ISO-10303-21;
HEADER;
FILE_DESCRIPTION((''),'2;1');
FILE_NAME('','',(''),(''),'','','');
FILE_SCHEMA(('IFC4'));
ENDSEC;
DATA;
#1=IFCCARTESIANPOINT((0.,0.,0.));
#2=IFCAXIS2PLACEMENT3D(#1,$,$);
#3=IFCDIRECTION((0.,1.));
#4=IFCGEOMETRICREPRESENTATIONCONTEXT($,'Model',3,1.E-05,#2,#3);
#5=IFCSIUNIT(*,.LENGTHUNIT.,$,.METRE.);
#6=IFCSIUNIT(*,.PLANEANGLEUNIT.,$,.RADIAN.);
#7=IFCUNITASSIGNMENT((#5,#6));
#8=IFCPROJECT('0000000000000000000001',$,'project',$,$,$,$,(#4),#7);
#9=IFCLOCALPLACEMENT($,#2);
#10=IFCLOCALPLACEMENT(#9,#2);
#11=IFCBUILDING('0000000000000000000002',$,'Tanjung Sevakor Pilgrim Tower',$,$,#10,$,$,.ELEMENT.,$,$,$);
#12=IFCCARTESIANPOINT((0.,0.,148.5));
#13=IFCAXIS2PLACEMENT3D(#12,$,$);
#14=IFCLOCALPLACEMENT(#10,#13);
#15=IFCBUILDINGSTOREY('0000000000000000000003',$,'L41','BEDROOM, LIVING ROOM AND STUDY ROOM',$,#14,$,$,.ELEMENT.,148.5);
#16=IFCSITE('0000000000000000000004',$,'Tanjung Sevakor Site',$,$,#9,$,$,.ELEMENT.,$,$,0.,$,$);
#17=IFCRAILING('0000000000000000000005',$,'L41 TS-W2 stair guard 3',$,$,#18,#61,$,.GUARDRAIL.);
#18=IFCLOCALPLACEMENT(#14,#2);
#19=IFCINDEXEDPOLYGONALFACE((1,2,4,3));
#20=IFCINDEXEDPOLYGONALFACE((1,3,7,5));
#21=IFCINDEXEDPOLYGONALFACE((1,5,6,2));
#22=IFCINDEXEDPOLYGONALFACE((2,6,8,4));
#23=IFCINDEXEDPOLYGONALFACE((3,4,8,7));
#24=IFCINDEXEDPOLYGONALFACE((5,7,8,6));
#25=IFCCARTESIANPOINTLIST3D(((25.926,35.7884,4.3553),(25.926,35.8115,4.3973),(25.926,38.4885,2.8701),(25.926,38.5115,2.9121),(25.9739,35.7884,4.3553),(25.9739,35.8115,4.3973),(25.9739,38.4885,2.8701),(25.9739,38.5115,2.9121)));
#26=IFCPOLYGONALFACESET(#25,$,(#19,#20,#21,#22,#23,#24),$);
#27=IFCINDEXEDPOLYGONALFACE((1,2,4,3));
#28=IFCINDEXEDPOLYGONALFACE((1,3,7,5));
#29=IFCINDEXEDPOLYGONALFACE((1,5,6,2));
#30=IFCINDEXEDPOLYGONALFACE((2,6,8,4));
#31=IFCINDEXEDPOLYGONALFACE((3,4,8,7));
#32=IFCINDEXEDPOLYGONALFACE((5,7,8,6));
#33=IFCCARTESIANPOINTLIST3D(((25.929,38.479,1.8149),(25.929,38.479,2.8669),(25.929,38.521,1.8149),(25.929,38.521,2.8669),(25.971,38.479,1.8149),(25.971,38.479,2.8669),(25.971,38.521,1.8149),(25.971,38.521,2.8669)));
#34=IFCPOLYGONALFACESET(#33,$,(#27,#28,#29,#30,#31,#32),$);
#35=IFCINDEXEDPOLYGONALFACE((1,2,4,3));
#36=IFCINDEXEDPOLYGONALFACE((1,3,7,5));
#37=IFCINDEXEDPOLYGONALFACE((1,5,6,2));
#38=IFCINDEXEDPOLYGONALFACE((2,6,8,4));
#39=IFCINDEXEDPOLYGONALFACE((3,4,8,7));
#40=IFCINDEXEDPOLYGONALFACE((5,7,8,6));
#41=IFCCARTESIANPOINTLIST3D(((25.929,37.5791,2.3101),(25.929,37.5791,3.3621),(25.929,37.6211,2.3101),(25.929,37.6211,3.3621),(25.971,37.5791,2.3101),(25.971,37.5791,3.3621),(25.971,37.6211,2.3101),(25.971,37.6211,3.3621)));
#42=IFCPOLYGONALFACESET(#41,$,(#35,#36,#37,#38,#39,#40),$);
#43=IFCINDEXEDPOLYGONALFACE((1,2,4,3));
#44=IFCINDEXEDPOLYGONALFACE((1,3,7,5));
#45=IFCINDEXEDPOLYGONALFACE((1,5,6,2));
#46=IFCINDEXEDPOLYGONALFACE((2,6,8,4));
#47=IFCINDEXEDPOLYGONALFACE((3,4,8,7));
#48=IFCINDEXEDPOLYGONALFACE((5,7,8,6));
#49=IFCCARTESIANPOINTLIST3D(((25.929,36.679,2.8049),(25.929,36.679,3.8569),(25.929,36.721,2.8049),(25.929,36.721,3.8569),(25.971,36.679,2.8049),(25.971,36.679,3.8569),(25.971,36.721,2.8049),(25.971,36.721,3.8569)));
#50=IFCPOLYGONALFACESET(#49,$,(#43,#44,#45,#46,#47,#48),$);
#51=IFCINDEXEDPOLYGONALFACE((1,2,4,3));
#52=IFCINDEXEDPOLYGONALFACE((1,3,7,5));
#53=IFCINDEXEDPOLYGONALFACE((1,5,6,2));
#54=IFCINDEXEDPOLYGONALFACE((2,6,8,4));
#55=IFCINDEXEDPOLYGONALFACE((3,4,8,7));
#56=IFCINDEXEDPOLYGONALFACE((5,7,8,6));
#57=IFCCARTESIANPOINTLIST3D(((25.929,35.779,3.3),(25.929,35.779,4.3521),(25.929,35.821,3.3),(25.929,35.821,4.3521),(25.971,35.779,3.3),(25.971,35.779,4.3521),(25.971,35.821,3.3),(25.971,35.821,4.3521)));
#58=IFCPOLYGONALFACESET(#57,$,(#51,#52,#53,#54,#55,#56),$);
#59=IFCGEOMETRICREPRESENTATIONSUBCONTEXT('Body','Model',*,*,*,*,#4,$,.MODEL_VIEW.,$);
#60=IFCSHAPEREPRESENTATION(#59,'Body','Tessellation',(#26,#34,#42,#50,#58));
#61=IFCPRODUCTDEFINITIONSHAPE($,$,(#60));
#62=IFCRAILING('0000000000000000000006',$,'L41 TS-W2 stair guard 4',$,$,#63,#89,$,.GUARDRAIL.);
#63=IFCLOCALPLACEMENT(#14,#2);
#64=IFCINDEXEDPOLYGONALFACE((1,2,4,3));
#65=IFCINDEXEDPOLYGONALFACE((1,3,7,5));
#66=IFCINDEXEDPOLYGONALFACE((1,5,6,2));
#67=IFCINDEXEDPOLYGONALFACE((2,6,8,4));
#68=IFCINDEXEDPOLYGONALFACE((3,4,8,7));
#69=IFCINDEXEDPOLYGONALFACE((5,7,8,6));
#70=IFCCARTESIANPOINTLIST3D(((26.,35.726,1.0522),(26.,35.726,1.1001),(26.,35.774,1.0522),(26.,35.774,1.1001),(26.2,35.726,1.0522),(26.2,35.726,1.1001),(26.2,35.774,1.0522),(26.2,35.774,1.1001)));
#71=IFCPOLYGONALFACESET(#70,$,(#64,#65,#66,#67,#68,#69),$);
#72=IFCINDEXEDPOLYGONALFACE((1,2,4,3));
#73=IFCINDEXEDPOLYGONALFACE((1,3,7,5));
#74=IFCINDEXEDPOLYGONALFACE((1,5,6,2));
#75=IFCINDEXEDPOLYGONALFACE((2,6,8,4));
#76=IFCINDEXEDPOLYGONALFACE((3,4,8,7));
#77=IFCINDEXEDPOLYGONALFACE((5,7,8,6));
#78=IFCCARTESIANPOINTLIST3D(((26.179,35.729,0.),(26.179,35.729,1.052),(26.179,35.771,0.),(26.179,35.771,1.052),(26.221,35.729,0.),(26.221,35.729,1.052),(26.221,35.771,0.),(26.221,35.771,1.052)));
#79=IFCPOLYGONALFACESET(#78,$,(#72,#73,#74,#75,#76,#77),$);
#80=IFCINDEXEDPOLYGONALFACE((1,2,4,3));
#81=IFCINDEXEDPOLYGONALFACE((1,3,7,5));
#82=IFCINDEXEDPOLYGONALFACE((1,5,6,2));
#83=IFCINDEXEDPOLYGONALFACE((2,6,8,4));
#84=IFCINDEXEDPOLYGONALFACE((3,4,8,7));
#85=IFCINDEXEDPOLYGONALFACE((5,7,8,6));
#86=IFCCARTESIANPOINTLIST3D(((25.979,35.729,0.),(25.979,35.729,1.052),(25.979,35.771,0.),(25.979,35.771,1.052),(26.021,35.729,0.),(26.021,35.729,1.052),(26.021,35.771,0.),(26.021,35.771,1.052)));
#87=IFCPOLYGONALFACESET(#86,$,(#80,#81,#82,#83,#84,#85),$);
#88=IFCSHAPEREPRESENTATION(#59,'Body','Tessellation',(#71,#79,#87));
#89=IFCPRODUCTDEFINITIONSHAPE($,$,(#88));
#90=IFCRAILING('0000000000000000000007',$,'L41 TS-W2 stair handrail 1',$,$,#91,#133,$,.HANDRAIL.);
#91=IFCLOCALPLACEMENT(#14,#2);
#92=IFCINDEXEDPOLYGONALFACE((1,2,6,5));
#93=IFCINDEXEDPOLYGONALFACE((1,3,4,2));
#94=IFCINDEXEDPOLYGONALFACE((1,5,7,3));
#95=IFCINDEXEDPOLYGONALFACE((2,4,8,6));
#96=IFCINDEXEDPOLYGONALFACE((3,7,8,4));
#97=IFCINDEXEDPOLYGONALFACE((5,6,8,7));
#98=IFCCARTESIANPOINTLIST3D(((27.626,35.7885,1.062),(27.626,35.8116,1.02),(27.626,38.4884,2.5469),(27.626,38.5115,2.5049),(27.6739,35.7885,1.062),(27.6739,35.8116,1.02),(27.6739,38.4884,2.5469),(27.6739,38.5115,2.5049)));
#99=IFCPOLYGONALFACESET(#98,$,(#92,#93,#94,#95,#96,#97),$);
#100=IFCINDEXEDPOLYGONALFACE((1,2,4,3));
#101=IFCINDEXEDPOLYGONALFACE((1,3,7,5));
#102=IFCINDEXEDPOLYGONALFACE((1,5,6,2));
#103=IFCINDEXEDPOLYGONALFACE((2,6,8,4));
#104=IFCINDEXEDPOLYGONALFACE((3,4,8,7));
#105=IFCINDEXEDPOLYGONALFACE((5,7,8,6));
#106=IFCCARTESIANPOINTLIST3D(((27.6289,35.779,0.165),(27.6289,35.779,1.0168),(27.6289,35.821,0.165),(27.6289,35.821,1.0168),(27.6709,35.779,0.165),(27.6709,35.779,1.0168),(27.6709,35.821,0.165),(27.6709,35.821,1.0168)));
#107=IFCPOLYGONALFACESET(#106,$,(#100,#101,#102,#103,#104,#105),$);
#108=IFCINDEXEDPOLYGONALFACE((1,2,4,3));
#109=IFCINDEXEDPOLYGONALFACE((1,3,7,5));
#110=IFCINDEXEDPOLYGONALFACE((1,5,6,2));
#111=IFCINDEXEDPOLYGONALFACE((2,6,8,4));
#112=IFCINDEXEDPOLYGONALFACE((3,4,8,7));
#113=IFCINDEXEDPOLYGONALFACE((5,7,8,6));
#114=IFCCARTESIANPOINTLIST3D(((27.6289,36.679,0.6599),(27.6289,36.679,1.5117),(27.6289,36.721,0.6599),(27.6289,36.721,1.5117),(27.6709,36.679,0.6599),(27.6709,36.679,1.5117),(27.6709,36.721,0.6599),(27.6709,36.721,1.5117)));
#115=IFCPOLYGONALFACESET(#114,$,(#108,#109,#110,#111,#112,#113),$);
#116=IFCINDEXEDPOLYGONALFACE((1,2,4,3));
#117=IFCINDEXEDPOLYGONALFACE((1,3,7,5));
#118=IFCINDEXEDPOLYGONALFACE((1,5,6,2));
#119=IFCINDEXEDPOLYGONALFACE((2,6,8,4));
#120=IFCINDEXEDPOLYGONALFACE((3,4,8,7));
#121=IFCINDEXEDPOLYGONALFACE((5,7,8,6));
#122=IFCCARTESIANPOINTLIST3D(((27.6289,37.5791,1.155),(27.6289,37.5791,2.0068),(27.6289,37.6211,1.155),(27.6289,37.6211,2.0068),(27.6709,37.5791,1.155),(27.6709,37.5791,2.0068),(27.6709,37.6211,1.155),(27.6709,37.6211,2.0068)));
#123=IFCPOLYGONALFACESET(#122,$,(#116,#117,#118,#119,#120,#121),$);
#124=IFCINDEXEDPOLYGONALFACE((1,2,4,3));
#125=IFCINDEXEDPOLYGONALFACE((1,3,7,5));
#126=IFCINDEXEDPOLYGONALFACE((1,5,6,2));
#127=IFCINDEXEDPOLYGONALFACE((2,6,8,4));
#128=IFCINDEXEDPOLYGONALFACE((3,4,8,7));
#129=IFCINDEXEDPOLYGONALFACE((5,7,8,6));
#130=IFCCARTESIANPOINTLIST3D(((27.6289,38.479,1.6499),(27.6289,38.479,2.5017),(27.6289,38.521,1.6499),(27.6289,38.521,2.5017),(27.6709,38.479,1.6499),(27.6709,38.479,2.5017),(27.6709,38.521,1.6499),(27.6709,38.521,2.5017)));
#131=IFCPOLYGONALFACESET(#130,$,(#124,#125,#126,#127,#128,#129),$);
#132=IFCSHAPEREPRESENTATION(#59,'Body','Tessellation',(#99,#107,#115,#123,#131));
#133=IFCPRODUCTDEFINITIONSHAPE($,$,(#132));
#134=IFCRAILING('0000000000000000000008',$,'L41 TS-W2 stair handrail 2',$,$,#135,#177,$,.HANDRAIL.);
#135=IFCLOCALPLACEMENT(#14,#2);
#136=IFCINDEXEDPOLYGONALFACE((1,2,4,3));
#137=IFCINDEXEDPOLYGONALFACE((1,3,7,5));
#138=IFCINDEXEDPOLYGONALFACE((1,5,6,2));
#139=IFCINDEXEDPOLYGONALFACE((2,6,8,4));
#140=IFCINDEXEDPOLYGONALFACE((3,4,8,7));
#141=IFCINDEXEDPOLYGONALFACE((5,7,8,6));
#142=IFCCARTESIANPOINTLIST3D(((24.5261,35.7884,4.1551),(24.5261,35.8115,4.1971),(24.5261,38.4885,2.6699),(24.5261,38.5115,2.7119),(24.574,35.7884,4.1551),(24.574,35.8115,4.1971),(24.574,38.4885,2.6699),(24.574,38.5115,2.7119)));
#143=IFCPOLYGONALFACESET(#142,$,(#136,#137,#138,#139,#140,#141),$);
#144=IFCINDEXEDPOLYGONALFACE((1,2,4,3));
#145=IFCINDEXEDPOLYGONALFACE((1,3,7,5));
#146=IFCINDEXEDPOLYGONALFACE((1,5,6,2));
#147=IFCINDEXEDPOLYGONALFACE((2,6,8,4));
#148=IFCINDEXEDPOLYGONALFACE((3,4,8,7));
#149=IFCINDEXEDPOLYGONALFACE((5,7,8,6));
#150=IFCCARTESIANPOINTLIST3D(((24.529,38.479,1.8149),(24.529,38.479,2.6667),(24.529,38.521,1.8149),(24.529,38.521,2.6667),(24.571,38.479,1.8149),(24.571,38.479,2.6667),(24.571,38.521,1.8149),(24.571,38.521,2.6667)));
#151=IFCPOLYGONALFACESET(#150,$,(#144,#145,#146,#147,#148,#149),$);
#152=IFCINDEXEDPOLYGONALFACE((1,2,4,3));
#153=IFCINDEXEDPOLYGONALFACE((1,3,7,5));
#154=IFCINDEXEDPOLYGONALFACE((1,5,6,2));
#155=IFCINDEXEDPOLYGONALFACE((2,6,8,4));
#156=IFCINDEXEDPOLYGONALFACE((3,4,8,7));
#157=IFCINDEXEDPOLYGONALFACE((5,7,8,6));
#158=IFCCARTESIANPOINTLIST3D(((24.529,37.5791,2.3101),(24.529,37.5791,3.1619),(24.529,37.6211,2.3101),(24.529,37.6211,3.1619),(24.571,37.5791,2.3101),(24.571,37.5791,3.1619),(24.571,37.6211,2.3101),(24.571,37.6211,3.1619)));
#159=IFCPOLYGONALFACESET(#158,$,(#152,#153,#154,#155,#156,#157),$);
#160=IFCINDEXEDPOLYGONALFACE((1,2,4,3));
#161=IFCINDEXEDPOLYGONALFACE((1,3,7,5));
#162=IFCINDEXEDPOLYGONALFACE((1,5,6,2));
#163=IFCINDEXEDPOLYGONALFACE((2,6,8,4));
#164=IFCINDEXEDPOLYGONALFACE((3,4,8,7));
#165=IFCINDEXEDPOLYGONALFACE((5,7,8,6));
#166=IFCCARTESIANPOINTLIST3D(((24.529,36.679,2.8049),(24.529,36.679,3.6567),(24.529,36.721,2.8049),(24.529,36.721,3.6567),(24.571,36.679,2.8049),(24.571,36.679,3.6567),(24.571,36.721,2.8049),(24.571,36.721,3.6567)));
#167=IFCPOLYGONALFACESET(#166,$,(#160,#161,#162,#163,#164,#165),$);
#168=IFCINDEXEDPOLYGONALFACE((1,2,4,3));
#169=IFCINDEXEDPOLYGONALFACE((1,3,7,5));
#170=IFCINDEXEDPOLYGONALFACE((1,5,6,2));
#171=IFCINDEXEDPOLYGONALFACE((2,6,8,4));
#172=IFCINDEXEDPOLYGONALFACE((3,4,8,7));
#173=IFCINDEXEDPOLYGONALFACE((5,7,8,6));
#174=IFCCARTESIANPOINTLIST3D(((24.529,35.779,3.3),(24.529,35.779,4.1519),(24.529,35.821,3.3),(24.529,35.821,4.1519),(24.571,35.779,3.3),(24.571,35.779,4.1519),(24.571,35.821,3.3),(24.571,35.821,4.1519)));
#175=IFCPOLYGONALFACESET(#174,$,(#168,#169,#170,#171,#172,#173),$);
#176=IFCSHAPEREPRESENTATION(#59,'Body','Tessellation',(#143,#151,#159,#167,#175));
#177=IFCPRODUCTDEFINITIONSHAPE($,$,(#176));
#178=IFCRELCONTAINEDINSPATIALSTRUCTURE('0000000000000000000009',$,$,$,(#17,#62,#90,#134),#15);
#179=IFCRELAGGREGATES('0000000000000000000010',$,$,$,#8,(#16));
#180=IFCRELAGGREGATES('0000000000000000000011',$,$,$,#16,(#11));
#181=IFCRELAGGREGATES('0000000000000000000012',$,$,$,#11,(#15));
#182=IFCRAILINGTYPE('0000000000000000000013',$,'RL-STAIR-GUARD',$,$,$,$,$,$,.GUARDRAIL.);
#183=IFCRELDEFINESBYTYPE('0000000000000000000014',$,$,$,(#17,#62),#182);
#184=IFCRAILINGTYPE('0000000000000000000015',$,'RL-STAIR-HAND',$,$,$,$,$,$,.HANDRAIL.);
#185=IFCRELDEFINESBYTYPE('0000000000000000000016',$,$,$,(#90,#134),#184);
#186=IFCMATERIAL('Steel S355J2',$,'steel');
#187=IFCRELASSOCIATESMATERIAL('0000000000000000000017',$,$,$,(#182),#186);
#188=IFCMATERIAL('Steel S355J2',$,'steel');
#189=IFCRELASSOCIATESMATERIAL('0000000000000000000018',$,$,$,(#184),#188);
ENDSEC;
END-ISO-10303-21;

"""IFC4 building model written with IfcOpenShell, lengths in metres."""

from ifc_helpers import new_model, si_unit, direction, frame, origin, place, context, subcontext, project, spatial, rectangle, extrude, material, type_object, element, save


model = new_model("IFC4")

# Units and contexts
model_context = context("Model", 3, precision=1e-05, world=origin(), true_north=direction((0.0, 1.0)))
body_context = subcontext(model_context, "Body", "Model", "MODEL_VIEW")
ifc_project = project(units=[si_unit("LENGTHUNIT", "METRE"), si_unit("PLANEANGLEUNIT", "RADIAN")], contexts=[model_context])

# Site, building, storey
site_placement = place(None, origin())
site = spatial("IfcSite", under=ifc_project, at=site_placement, Name="Tanjung Sevakor Site", CompositionType="ELEMENT", RefElevation=0.0)
building_placement = place(site_placement, origin())
building = spatial("IfcBuilding", under=site, at=building_placement, Name="Tanjung Sevakor Pilgrim Tower", CompositionType="ELEMENT")
storey_placement = place(building_placement, frame((0.0, 0.0, 148.5)))
storey = spatial("IfcBuildingStorey", under=building, at=storey_placement, Name="L41", Description="BEDROOM, LIVING ROOM AND STUDY ROOM", CompositionType="ELEMENT", Elevation=148.5)

# Railings
ifc_material_1 = material(Name="Steel S355J2", Category="steel")
railing_type_1 = type_object("IfcRailingType", Name="RL-STAIR-GUARD", PredefinedType="GUARDRAIL", material=ifc_material_1)
railing_1_placement = place(storey_placement, frame((25.95, 38.5, 1.8149)))
element("IfcRailing", 1, at=railing_1_placement, inside=storey, type_object=railing_type_1, Name="L41 TS-W2 stair guard 3", PredefinedType="GUARDRAIL", context=body_context, shape_type="SweptSolid", body=[
    extrude(rectangle(XDim=0.0479, YDim=0.0479), frame((0.0, 0.0, 1.0762), z_axis=(0.0, -0.876198, 0.481952), x_axis=(1.0, 0.0, 0.0)), (0.0, 0.0, 1.0), 3.0815),
    extrude(rectangle(XDim=0.042, YDim=0.042), origin(), (0.0, 0.0, 1.0), 1.052),
    extrude(rectangle(XDim=0.042, YDim=0.042), frame((0.0, -0.8999, 0.4951)), (0.0, 0.0, 1.0), 1.052),
    extrude(rectangle(XDim=0.042, YDim=0.042), frame((0.0, -1.8, 0.99)), (0.0, 0.0, 1.0), 1.052),
    extrude(rectangle(XDim=0.042, YDim=0.042), frame((0.0, -2.7, 1.4851)), (0.0, 0.0, 1.0), 1.052),
])
railing_2_placement = place(storey_placement, frame((26.2, 35.75, 0.0)))
element("IfcRailing", 2, at=railing_2_placement, inside=storey, type_object=railing_type_1, Name="L41 TS-W2 stair guard 4", PredefinedType="GUARDRAIL", context=body_context, shape_type="SweptSolid", body=[
    extrude(rectangle(XDim=0.0479, YDim=0.0479), frame((0.0, 0.0, 1.0762), z_axis=(-1.0, 0.0, 0.0), x_axis=(0.0, -1.0, 0.0)), (0.0, 0.0, 1.0), 0.2),
    extrude(rectangle(XDim=0.042, YDim=0.042), origin(), (0.0, 0.0, 1.0), 1.052),
    extrude(rectangle(XDim=0.042, YDim=0.042), frame((-0.2, 0.0, 0.0)), (0.0, 0.0, 1.0), 1.052),
])
ifc_material_2 = material(Name="Steel S355J2", Category="steel")
railing_type_2 = type_object("IfcRailingType", Name="RL-STAIR-HAND", PredefinedType="HANDRAIL", material=ifc_material_2)
railing_3_placement = place(storey_placement, frame((27.6499, 35.8, 0.165)))
element("IfcRailing", 3, at=railing_3_placement, inside=storey, type_object=railing_type_2, Name="L41 TS-W2 stair handrail 1", PredefinedType="HANDRAIL", context=body_context, shape_type="SweptSolid", body=[
    extrude(rectangle(XDim=0.0479, YDim=0.0479), frame((0.0, 0.0, 0.876), z_axis=(0.0, 0.876231, 0.481891), x_axis=(-1.0, 0.0, 0.0)), (0.0, 0.0, 1.0), 3.0813),
    extrude(rectangle(XDim=0.042, YDim=0.042), origin(), (0.0, 0.0, 1.0), 0.8518),
    extrude(rectangle(XDim=0.042, YDim=0.042), frame((0.0, 0.8999, 0.4949)), (0.0, 0.0, 1.0), 0.8518),
    extrude(rectangle(XDim=0.042, YDim=0.042), frame((0.0, 1.8, 0.99)), (0.0, 0.0, 1.0), 0.8518),
    extrude(rectangle(XDim=0.042, YDim=0.042), frame((0.0, 2.7, 1.4849)), (0.0, 0.0, 1.0), 0.8518),
])
railing_4_placement = place(storey_placement, frame((24.55, 38.5, 1.8149)))
element("IfcRailing", 4, at=railing_4_placement, inside=storey, type_object=railing_type_2, Name="L41 TS-W2 stair handrail 2", PredefinedType="HANDRAIL", context=body_context, shape_type="SweptSolid", body=[
    extrude(rectangle(XDim=0.0479, YDim=0.0479), frame((0.0, 0.0, 0.876), z_axis=(0.0, -0.876198, 0.481952), x_axis=(1.0, 0.0, 0.0)), (0.0, 0.0, 1.0), 3.0815),
    extrude(rectangle(XDim=0.042, YDim=0.042), origin(), (0.0, 0.0, 1.0), 0.8518),
    extrude(rectangle(XDim=0.042, YDim=0.042), frame((0.0, -0.8999, 0.4951)), (0.0, 0.0, 1.0), 0.8518),
    extrude(rectangle(XDim=0.042, YDim=0.042), frame((0.0, -1.8, 0.99)), (0.0, 0.0, 1.0), 0.8518),
    extrude(rectangle(XDim=0.042, YDim=0.042), frame((0.0, -2.7, 1.4851)), (0.0, 0.0, 1.0), 0.8518),
])

save(model, "model.ifc")
